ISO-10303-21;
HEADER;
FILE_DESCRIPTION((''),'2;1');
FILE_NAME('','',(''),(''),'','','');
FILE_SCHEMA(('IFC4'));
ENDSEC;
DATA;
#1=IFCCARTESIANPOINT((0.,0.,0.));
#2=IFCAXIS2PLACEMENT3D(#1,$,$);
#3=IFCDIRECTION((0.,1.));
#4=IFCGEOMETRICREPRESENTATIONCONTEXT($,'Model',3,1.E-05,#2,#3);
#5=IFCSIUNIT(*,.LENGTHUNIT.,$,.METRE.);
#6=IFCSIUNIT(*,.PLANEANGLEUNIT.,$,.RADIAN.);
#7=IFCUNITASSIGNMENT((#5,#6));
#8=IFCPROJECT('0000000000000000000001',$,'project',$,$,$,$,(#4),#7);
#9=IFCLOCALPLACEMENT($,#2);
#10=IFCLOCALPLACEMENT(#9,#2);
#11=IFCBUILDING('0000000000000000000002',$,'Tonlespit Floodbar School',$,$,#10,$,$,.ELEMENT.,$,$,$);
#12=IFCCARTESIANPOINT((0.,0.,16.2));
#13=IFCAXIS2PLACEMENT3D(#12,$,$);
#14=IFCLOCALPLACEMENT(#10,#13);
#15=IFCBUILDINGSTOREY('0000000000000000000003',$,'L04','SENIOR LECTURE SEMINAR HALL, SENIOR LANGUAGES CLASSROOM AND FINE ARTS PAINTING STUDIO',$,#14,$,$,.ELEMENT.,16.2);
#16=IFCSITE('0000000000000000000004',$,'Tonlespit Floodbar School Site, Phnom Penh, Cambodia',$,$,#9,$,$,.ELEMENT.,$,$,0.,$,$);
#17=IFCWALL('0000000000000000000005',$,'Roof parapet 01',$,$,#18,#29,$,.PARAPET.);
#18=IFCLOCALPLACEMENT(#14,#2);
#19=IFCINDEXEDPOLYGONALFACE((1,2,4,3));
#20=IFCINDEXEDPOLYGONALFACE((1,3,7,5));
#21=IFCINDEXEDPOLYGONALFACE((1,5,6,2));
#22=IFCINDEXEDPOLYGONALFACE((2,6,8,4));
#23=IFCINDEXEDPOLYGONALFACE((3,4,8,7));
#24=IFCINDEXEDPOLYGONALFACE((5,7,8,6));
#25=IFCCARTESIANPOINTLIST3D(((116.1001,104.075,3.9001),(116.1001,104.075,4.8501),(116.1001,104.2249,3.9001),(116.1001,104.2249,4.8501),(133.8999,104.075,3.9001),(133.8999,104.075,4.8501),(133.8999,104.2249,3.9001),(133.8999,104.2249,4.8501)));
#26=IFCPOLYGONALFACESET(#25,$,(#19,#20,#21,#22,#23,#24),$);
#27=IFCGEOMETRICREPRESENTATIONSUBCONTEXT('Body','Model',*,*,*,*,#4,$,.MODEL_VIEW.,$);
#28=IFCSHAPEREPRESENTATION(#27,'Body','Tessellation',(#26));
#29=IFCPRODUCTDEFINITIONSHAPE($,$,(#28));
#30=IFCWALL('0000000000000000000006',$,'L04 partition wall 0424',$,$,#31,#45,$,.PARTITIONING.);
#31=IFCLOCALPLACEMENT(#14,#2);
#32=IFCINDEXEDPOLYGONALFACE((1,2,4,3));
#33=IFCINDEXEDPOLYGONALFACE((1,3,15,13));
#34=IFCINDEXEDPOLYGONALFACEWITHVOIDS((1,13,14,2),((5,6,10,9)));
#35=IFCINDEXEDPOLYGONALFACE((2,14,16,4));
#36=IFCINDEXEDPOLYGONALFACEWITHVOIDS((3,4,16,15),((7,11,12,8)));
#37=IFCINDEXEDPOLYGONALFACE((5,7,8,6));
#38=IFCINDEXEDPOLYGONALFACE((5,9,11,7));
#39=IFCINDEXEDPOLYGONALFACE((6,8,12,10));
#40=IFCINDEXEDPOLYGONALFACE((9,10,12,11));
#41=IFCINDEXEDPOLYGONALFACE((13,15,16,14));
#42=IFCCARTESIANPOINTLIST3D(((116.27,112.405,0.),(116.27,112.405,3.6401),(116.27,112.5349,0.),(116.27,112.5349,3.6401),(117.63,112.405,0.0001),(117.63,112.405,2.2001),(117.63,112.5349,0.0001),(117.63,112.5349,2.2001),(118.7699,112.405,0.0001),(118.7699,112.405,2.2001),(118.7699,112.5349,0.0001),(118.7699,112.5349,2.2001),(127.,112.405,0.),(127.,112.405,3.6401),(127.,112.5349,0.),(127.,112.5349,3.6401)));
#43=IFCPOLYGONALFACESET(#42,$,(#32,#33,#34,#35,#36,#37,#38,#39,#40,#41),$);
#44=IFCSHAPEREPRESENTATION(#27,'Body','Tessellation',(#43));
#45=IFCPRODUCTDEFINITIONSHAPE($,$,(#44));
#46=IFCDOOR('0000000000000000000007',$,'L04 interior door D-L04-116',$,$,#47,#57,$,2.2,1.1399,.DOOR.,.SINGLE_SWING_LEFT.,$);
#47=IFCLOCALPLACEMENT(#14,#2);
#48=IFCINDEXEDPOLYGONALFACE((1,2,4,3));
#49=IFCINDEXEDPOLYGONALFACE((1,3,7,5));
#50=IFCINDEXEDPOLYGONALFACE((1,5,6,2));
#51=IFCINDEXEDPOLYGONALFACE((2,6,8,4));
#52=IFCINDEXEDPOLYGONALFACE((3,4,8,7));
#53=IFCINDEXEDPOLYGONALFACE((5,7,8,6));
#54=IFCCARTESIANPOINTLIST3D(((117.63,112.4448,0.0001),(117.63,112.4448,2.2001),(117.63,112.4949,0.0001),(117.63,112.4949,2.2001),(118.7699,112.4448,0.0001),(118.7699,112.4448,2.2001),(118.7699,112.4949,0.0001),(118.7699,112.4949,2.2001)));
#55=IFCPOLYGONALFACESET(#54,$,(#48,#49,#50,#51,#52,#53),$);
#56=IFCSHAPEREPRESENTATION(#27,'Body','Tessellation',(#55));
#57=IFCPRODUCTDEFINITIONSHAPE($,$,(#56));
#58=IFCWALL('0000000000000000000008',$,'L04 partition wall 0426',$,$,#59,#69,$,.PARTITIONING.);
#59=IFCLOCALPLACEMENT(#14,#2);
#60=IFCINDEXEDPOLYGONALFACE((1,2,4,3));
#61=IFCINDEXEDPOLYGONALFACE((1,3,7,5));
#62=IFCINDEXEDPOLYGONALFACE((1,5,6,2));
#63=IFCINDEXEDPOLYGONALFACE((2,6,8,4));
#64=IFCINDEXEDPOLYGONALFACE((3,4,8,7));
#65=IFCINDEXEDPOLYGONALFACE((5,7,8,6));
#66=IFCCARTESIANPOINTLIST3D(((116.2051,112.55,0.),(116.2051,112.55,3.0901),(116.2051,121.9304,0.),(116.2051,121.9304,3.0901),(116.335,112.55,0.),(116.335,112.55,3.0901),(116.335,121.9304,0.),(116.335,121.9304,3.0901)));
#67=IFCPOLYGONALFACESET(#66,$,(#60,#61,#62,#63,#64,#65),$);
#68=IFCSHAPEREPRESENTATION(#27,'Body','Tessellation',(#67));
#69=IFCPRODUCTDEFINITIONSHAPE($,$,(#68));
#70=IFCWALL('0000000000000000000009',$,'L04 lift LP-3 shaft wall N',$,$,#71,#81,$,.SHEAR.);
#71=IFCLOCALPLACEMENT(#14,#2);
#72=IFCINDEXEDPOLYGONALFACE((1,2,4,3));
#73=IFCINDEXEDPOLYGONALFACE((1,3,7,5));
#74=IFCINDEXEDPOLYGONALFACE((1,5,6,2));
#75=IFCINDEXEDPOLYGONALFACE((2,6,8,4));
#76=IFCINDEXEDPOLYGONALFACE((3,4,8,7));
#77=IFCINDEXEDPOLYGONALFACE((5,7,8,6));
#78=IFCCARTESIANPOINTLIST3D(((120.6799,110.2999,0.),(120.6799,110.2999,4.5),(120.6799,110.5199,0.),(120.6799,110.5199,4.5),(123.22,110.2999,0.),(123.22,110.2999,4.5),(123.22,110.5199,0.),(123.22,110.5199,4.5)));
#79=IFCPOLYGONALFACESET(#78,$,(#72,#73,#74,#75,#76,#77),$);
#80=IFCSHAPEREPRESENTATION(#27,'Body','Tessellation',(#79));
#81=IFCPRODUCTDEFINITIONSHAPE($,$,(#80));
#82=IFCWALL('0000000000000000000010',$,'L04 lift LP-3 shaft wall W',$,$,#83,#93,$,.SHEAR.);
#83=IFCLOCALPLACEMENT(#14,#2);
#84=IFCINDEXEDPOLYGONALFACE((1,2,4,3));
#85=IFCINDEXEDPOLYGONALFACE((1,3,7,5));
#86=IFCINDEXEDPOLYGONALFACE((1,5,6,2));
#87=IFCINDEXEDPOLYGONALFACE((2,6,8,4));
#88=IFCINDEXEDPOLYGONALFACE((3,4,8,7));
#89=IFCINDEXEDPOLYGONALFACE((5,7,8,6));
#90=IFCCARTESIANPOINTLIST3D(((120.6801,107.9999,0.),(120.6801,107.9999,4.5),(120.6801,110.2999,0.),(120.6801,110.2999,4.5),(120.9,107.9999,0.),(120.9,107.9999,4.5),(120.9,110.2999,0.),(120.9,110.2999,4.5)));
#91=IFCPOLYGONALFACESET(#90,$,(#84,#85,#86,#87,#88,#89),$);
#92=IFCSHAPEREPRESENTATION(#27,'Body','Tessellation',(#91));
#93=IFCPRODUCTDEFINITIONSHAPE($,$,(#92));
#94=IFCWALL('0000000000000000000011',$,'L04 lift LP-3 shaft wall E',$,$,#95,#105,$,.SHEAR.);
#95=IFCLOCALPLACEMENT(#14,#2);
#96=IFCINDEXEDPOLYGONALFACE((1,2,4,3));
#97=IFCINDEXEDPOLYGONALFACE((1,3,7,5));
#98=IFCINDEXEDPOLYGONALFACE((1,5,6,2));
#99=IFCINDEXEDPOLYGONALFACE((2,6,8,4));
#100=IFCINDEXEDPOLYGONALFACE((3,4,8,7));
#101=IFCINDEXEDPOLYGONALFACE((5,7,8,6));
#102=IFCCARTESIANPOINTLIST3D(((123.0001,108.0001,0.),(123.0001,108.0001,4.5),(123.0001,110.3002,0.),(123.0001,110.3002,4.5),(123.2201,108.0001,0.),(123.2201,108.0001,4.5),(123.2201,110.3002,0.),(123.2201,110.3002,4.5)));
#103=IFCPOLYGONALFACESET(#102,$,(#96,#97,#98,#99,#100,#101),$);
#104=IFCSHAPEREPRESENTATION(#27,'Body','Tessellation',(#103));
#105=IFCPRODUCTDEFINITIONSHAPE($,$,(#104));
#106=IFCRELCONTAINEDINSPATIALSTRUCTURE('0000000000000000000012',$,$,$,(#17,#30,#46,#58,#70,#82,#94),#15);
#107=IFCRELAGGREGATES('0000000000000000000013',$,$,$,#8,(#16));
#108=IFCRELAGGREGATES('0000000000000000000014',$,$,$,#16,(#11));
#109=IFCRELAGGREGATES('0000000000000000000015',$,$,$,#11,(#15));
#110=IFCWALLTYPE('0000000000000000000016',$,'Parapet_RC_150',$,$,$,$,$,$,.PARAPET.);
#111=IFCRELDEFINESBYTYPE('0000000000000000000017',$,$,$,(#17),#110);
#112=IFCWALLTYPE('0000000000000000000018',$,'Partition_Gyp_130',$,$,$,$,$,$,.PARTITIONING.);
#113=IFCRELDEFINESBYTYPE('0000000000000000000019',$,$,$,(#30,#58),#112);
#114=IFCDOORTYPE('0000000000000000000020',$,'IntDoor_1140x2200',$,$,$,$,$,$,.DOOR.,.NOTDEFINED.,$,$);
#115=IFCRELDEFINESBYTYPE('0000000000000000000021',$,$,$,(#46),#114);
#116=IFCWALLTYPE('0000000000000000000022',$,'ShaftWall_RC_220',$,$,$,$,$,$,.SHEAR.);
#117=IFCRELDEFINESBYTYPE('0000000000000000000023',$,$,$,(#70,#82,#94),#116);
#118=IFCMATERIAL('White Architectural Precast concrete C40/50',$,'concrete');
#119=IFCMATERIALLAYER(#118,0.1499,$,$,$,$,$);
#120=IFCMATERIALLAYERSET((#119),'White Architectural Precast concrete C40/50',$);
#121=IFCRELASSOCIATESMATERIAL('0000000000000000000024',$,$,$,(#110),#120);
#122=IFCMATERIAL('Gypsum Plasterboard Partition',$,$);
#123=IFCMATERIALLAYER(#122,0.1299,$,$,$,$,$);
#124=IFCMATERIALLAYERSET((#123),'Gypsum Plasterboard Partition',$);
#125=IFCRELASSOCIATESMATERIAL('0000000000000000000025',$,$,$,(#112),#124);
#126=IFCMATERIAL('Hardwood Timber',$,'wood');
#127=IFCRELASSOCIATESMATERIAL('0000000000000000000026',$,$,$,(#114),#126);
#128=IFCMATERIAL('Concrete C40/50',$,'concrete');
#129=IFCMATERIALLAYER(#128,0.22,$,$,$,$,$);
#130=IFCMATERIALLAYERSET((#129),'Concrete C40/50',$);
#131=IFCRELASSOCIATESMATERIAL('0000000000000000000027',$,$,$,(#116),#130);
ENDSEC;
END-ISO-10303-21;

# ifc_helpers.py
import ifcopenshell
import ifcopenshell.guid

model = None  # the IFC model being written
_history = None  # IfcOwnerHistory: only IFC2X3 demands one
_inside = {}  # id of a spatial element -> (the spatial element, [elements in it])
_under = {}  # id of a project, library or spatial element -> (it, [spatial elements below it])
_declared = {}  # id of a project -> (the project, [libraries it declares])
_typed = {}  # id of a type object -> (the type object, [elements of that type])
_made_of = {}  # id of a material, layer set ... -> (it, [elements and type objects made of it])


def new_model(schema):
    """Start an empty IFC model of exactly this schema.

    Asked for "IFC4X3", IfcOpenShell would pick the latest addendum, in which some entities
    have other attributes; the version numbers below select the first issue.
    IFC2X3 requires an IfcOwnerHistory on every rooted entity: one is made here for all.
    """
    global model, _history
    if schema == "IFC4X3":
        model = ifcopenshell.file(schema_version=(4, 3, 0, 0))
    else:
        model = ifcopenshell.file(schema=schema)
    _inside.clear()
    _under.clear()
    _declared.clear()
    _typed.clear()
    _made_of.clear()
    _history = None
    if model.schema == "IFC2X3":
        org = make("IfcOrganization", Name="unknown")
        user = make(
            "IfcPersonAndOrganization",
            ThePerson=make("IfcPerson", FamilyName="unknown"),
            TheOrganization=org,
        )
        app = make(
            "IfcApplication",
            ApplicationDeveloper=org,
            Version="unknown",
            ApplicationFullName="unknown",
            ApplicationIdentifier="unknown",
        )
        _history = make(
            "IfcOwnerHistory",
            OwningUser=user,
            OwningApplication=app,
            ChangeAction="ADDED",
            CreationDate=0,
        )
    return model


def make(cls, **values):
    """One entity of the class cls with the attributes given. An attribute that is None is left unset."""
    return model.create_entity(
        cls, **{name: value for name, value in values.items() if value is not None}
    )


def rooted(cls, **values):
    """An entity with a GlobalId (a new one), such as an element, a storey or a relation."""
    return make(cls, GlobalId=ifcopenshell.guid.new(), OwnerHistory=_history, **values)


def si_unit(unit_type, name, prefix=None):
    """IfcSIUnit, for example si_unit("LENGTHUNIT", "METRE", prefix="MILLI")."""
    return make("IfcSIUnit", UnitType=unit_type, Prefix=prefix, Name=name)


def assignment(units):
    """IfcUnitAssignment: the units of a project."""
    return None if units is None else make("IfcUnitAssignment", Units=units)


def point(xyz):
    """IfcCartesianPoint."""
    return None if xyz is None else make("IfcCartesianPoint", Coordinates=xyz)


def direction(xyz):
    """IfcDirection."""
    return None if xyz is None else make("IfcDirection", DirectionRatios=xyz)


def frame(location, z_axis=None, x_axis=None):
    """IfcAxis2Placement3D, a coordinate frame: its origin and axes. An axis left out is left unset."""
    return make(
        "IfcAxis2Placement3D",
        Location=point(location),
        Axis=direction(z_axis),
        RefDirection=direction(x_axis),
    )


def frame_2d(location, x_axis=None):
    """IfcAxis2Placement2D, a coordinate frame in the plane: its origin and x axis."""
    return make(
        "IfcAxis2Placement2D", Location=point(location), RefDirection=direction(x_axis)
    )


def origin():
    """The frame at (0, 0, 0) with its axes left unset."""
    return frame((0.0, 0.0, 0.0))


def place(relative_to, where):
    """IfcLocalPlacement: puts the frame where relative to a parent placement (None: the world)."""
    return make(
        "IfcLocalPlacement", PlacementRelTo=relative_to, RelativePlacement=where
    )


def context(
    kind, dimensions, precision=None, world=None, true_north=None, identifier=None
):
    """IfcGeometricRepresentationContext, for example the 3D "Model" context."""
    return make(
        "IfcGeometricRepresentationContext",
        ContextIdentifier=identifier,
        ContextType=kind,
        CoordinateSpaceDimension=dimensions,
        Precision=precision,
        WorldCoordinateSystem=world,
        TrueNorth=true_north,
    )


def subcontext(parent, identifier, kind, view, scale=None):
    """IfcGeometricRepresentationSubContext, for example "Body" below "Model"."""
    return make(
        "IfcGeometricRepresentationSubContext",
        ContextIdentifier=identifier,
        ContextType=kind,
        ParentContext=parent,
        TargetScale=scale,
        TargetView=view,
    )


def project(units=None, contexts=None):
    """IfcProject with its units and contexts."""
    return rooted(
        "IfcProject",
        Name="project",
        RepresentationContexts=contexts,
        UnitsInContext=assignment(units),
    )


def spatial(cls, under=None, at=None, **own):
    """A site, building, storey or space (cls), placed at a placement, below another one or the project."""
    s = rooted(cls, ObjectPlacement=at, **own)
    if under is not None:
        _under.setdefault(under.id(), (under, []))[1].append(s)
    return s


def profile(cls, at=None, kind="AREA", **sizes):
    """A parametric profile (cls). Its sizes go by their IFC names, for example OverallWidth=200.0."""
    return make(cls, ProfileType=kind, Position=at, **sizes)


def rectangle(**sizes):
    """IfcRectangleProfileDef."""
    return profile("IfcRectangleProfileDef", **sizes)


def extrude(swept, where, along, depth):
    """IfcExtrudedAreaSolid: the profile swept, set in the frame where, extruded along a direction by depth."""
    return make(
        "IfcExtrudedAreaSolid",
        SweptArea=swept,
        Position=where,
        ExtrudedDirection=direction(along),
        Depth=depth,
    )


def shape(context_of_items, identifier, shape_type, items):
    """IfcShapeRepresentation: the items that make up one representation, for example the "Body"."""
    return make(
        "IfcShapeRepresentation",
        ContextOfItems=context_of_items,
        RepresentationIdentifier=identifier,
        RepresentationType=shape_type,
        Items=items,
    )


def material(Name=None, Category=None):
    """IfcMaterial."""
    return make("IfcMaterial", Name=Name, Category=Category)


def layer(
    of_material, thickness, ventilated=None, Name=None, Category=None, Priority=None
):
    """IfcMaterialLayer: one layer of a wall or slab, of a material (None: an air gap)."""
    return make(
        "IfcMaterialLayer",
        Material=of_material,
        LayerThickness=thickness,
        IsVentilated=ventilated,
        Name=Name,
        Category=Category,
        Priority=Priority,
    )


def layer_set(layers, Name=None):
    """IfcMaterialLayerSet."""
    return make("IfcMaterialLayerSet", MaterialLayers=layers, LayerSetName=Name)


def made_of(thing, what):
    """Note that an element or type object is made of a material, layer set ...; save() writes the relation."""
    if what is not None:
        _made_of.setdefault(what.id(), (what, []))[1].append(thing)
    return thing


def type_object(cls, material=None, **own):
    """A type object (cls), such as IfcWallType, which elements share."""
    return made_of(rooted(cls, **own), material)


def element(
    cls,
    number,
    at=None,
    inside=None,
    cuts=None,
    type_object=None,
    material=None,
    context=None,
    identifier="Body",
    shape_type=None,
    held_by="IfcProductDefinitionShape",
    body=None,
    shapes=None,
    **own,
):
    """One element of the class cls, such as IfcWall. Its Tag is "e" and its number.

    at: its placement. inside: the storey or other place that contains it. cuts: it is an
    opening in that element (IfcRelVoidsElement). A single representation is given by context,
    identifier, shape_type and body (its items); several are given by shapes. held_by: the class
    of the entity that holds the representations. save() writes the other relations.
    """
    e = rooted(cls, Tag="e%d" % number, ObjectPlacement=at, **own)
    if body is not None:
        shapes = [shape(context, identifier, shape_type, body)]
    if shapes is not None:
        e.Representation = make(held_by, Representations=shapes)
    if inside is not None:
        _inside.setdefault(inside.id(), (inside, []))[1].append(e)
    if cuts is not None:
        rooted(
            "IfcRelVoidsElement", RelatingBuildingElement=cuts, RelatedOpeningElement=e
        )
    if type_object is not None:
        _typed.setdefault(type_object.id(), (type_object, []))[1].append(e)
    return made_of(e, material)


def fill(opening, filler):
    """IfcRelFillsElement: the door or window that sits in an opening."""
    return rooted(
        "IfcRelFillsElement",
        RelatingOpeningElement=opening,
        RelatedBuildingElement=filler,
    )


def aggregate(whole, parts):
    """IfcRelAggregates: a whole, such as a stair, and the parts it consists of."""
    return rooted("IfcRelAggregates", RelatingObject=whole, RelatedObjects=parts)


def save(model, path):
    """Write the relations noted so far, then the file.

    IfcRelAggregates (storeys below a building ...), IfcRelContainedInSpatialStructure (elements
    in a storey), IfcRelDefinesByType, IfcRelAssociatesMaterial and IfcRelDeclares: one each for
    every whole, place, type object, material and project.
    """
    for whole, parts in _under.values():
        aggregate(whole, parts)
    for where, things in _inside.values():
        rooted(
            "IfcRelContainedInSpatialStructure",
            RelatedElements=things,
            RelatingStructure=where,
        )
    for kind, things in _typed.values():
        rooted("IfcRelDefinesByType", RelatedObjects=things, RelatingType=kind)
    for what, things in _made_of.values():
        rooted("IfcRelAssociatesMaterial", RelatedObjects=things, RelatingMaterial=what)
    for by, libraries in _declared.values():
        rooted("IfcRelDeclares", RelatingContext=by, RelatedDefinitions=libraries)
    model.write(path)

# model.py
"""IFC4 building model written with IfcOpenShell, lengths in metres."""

from ifc_helpers import new_model, si_unit, direction, frame, frame_2d, origin, place, context, subcontext, project, spatial, rectangle, extrude, material, layer, layer_set, type_object, element, fill, save


model = new_model("IFC4")

# Units and contexts
model_context = context("Model", 3, precision=1e-05, world=origin(), true_north=direction((0.0, 1.0)))
body_context = subcontext(model_context, "Body", "Model", "MODEL_VIEW")
ifc_project = project(units=[si_unit("LENGTHUNIT", "METRE"), si_unit("PLANEANGLEUNIT", "RADIAN")], contexts=[model_context])

# Site, building, storey
site_placement = place(None, origin())
site = spatial("IfcSite", under=ifc_project, at=site_placement, Name="Tonlespit Floodbar School Site, Phnom Penh, Cambodia", CompositionType="ELEMENT", RefElevation=0.0)
building_placement = place(site_placement, origin())
building = spatial("IfcBuilding", under=site, at=building_placement, Name="Tonlespit Floodbar School", CompositionType="ELEMENT")
storey_placement = place(building_placement, frame((0.0, 0.0, 16.2)))
storey = spatial("IfcBuildingStorey", under=building, at=storey_placement, Name="L04", Description="SENIOR LECTURE SEMINAR HALL, SENIOR LANGUAGES CLASSROOM AND FINE ARTS PAINTING STUDIO", CompositionType="ELEMENT", Elevation=16.2)

# Shared definitions
ifc_material_1 = material(Name="Concrete C40/50", Category="concrete")

# Wall
ifc_material_2 = material(Name="White Architectural Precast concrete C40/50", Category="concrete")
ifc_layer_1 = layer(ifc_material_2, 0.1499)
ifc_layer_set_1 = layer_set([ifc_layer_1], Name="White Architectural Precast concrete C40/50")
wall_type_1 = type_object("IfcWallType", Name="Parapet_RC_150", PredefinedType="PARAPET", material=ifc_layer_set_1)
wall_1_placement = place(storey_placement, frame((116.1001, 104.1499, 3.9001), z_axis=(0.0, 0.0, 1.0), x_axis=(1.0, 0.0, 0.0)))
element("IfcWall", 1, at=wall_1_placement, inside=storey, type_object=wall_type_1, Name="Roof parapet 01", PredefinedType="PARAPET", context=body_context, shape_type="SweptSolid", body=[
    extrude(rectangle(XDim=17.7998, YDim=0.1499, at=frame_2d((8.8999, 0.0))), origin(), (0.0, 0.0, 1.0), 0.95),
])

# Wall, opening, door
ifc_material_3 = material(Name="Gypsum Plasterboard Partition")
ifc_layer_2 = layer(ifc_material_3, 0.1299)
ifc_layer_set_2 = layer_set([ifc_layer_2], Name="Gypsum Plasterboard Partition")
wall_type_2 = type_object("IfcWallType", Name="Partition_Gyp_130", PredefinedType="PARTITIONING", material=ifc_layer_set_2)
wall_2_placement = place(storey_placement, frame((116.27, 112.47, 0.0), z_axis=(0.0, 0.0, 1.0), x_axis=(1.0, 0.0, 0.0)))
wall_2 = element("IfcWall", 2, at=wall_2_placement, inside=storey, type_object=wall_type_2, Name="L04 partition wall 0424", PredefinedType="PARTITIONING", context=body_context, shape_type="SweptSolid", body=[
    extrude(rectangle(XDim=10.73, YDim=0.1299, at=frame_2d((5.365, 0.0))), origin(), (0.0, 0.0, 1.0), 3.6401),
])
opening_1_placement = place(wall_2_placement, frame((1.3601, 0.0, 0.0)))
opening_1 = element("IfcOpeningElement", 3, at=opening_1_placement, cuts=wall_2, PredefinedType="OPENING", context=body_context, shape_type="SweptSolid", body=[
    extrude(rectangle(XDim=1.1399, YDim=2.2, at=frame_2d((0.5698, 1.1001))), frame((0.0, 0.075, 0.0), z_axis=(0.0, -1.0, 0.0), x_axis=(1.0, 0.0, 0.0)), (0.0, 0.0, 1.0), 0.1499),
])
ifc_material_4 = material(Name="Hardwood Timber", Category="wood")
door_type_1 = type_object("IfcDoorType", Name="IntDoor_1140x2200", OperationType="NOTDEFINED", PredefinedType="DOOR", material=ifc_material_4)
door_1_placement = place(opening_1_placement, origin())
door_1 = element("IfcDoor", 4, at=door_1_placement, inside=storey, type_object=door_type_1, Name="L04 interior door D-L04-116", OperationType="SINGLE_SWING_LEFT", OverallHeight=2.2, OverallWidth=1.1399, PredefinedType="DOOR", context=body_context, shape_type="SweptSolid", body=[
    extrude(rectangle(XDim=1.1399, YDim=2.2, at=frame_2d((0.5698, 1.1001))), frame((0.0, 0.0249, 0.0), z_axis=(0.0, -1.0, 0.0), x_axis=(1.0, 0.0, 0.0)), (0.0, 0.0, 1.0), 0.05),
])
fill(opening_1, door_1)

# Wall
wall_3_placement = place(storey_placement, frame((116.27, 112.55, 0.0), z_axis=(0.0, 0.0, 1.0), x_axis=(0.0, 1.0, 0.0)))
element("IfcWall", 5, at=wall_3_placement, inside=storey, type_object=wall_type_2, Name="L04 partition wall 0426", PredefinedType="PARTITIONING", context=body_context, shape_type="SweptSolid", body=[
    extrude(rectangle(XDim=9.3804, YDim=0.1299, at=frame_2d((4.6902, 0.0))), origin(), (0.0, 0.0, 1.0), 3.0901),
])

# Shared definitions
ifc_layer_3 = layer(ifc_material_1, 0.22)
ifc_layer_set_3 = layer_set([ifc_layer_3], Name="Concrete C40/50")
wall_type_3 = type_object("IfcWallType", Name="ShaftWall_RC_220", PredefinedType="SHEAR", material=ifc_layer_set_3)

# Walls
wall_4_placement = place(storey_placement, frame((120.6799, 110.4099, 0.0), z_axis=(0.0, 0.0, 1.0), x_axis=(1.0, 0.0, 0.0)))
element("IfcWall", 6, at=wall_4_placement, inside=storey, type_object=wall_type_3, Name="L04 lift LP-3 shaft wall N", PredefinedType="SHEAR", context=body_context, shape_type="SweptSolid", body=[
    extrude(rectangle(XDim=2.54, YDim=0.22, at=frame_2d((1.27, 0.0))), origin(), (0.0, 0.0, 1.0), 4.5),
])
for number, where, z_axis, x_axis, name in (
    (7, (120.79, 108.0, 0.0), (0.0, 0.0, 1.0), (0.0, 1.0, 0.0), "L04 lift LP-3 shaft wall W"),
    (8, (123.1101, 110.3, 0.0), (0.0, 0.0, 1.0), (0.0, -1.0, 0.0), "L04 lift LP-3 shaft wall E"),
):
    element("IfcWall", number, at=place(storey_placement, frame(where, z_axis=z_axis, x_axis=x_axis)), inside=storey, type_object=wall_type_3, Name=name, PredefinedType="SHEAR", context=body_context, shape_type="SweptSolid", body=[
        extrude(rectangle(XDim=2.3, YDim=0.22, at=frame_2d((1.1499, 0.0))), origin(), (0.0, 0.0, 1.0), 4.5),
    ])

save(model, "model.ifc")
